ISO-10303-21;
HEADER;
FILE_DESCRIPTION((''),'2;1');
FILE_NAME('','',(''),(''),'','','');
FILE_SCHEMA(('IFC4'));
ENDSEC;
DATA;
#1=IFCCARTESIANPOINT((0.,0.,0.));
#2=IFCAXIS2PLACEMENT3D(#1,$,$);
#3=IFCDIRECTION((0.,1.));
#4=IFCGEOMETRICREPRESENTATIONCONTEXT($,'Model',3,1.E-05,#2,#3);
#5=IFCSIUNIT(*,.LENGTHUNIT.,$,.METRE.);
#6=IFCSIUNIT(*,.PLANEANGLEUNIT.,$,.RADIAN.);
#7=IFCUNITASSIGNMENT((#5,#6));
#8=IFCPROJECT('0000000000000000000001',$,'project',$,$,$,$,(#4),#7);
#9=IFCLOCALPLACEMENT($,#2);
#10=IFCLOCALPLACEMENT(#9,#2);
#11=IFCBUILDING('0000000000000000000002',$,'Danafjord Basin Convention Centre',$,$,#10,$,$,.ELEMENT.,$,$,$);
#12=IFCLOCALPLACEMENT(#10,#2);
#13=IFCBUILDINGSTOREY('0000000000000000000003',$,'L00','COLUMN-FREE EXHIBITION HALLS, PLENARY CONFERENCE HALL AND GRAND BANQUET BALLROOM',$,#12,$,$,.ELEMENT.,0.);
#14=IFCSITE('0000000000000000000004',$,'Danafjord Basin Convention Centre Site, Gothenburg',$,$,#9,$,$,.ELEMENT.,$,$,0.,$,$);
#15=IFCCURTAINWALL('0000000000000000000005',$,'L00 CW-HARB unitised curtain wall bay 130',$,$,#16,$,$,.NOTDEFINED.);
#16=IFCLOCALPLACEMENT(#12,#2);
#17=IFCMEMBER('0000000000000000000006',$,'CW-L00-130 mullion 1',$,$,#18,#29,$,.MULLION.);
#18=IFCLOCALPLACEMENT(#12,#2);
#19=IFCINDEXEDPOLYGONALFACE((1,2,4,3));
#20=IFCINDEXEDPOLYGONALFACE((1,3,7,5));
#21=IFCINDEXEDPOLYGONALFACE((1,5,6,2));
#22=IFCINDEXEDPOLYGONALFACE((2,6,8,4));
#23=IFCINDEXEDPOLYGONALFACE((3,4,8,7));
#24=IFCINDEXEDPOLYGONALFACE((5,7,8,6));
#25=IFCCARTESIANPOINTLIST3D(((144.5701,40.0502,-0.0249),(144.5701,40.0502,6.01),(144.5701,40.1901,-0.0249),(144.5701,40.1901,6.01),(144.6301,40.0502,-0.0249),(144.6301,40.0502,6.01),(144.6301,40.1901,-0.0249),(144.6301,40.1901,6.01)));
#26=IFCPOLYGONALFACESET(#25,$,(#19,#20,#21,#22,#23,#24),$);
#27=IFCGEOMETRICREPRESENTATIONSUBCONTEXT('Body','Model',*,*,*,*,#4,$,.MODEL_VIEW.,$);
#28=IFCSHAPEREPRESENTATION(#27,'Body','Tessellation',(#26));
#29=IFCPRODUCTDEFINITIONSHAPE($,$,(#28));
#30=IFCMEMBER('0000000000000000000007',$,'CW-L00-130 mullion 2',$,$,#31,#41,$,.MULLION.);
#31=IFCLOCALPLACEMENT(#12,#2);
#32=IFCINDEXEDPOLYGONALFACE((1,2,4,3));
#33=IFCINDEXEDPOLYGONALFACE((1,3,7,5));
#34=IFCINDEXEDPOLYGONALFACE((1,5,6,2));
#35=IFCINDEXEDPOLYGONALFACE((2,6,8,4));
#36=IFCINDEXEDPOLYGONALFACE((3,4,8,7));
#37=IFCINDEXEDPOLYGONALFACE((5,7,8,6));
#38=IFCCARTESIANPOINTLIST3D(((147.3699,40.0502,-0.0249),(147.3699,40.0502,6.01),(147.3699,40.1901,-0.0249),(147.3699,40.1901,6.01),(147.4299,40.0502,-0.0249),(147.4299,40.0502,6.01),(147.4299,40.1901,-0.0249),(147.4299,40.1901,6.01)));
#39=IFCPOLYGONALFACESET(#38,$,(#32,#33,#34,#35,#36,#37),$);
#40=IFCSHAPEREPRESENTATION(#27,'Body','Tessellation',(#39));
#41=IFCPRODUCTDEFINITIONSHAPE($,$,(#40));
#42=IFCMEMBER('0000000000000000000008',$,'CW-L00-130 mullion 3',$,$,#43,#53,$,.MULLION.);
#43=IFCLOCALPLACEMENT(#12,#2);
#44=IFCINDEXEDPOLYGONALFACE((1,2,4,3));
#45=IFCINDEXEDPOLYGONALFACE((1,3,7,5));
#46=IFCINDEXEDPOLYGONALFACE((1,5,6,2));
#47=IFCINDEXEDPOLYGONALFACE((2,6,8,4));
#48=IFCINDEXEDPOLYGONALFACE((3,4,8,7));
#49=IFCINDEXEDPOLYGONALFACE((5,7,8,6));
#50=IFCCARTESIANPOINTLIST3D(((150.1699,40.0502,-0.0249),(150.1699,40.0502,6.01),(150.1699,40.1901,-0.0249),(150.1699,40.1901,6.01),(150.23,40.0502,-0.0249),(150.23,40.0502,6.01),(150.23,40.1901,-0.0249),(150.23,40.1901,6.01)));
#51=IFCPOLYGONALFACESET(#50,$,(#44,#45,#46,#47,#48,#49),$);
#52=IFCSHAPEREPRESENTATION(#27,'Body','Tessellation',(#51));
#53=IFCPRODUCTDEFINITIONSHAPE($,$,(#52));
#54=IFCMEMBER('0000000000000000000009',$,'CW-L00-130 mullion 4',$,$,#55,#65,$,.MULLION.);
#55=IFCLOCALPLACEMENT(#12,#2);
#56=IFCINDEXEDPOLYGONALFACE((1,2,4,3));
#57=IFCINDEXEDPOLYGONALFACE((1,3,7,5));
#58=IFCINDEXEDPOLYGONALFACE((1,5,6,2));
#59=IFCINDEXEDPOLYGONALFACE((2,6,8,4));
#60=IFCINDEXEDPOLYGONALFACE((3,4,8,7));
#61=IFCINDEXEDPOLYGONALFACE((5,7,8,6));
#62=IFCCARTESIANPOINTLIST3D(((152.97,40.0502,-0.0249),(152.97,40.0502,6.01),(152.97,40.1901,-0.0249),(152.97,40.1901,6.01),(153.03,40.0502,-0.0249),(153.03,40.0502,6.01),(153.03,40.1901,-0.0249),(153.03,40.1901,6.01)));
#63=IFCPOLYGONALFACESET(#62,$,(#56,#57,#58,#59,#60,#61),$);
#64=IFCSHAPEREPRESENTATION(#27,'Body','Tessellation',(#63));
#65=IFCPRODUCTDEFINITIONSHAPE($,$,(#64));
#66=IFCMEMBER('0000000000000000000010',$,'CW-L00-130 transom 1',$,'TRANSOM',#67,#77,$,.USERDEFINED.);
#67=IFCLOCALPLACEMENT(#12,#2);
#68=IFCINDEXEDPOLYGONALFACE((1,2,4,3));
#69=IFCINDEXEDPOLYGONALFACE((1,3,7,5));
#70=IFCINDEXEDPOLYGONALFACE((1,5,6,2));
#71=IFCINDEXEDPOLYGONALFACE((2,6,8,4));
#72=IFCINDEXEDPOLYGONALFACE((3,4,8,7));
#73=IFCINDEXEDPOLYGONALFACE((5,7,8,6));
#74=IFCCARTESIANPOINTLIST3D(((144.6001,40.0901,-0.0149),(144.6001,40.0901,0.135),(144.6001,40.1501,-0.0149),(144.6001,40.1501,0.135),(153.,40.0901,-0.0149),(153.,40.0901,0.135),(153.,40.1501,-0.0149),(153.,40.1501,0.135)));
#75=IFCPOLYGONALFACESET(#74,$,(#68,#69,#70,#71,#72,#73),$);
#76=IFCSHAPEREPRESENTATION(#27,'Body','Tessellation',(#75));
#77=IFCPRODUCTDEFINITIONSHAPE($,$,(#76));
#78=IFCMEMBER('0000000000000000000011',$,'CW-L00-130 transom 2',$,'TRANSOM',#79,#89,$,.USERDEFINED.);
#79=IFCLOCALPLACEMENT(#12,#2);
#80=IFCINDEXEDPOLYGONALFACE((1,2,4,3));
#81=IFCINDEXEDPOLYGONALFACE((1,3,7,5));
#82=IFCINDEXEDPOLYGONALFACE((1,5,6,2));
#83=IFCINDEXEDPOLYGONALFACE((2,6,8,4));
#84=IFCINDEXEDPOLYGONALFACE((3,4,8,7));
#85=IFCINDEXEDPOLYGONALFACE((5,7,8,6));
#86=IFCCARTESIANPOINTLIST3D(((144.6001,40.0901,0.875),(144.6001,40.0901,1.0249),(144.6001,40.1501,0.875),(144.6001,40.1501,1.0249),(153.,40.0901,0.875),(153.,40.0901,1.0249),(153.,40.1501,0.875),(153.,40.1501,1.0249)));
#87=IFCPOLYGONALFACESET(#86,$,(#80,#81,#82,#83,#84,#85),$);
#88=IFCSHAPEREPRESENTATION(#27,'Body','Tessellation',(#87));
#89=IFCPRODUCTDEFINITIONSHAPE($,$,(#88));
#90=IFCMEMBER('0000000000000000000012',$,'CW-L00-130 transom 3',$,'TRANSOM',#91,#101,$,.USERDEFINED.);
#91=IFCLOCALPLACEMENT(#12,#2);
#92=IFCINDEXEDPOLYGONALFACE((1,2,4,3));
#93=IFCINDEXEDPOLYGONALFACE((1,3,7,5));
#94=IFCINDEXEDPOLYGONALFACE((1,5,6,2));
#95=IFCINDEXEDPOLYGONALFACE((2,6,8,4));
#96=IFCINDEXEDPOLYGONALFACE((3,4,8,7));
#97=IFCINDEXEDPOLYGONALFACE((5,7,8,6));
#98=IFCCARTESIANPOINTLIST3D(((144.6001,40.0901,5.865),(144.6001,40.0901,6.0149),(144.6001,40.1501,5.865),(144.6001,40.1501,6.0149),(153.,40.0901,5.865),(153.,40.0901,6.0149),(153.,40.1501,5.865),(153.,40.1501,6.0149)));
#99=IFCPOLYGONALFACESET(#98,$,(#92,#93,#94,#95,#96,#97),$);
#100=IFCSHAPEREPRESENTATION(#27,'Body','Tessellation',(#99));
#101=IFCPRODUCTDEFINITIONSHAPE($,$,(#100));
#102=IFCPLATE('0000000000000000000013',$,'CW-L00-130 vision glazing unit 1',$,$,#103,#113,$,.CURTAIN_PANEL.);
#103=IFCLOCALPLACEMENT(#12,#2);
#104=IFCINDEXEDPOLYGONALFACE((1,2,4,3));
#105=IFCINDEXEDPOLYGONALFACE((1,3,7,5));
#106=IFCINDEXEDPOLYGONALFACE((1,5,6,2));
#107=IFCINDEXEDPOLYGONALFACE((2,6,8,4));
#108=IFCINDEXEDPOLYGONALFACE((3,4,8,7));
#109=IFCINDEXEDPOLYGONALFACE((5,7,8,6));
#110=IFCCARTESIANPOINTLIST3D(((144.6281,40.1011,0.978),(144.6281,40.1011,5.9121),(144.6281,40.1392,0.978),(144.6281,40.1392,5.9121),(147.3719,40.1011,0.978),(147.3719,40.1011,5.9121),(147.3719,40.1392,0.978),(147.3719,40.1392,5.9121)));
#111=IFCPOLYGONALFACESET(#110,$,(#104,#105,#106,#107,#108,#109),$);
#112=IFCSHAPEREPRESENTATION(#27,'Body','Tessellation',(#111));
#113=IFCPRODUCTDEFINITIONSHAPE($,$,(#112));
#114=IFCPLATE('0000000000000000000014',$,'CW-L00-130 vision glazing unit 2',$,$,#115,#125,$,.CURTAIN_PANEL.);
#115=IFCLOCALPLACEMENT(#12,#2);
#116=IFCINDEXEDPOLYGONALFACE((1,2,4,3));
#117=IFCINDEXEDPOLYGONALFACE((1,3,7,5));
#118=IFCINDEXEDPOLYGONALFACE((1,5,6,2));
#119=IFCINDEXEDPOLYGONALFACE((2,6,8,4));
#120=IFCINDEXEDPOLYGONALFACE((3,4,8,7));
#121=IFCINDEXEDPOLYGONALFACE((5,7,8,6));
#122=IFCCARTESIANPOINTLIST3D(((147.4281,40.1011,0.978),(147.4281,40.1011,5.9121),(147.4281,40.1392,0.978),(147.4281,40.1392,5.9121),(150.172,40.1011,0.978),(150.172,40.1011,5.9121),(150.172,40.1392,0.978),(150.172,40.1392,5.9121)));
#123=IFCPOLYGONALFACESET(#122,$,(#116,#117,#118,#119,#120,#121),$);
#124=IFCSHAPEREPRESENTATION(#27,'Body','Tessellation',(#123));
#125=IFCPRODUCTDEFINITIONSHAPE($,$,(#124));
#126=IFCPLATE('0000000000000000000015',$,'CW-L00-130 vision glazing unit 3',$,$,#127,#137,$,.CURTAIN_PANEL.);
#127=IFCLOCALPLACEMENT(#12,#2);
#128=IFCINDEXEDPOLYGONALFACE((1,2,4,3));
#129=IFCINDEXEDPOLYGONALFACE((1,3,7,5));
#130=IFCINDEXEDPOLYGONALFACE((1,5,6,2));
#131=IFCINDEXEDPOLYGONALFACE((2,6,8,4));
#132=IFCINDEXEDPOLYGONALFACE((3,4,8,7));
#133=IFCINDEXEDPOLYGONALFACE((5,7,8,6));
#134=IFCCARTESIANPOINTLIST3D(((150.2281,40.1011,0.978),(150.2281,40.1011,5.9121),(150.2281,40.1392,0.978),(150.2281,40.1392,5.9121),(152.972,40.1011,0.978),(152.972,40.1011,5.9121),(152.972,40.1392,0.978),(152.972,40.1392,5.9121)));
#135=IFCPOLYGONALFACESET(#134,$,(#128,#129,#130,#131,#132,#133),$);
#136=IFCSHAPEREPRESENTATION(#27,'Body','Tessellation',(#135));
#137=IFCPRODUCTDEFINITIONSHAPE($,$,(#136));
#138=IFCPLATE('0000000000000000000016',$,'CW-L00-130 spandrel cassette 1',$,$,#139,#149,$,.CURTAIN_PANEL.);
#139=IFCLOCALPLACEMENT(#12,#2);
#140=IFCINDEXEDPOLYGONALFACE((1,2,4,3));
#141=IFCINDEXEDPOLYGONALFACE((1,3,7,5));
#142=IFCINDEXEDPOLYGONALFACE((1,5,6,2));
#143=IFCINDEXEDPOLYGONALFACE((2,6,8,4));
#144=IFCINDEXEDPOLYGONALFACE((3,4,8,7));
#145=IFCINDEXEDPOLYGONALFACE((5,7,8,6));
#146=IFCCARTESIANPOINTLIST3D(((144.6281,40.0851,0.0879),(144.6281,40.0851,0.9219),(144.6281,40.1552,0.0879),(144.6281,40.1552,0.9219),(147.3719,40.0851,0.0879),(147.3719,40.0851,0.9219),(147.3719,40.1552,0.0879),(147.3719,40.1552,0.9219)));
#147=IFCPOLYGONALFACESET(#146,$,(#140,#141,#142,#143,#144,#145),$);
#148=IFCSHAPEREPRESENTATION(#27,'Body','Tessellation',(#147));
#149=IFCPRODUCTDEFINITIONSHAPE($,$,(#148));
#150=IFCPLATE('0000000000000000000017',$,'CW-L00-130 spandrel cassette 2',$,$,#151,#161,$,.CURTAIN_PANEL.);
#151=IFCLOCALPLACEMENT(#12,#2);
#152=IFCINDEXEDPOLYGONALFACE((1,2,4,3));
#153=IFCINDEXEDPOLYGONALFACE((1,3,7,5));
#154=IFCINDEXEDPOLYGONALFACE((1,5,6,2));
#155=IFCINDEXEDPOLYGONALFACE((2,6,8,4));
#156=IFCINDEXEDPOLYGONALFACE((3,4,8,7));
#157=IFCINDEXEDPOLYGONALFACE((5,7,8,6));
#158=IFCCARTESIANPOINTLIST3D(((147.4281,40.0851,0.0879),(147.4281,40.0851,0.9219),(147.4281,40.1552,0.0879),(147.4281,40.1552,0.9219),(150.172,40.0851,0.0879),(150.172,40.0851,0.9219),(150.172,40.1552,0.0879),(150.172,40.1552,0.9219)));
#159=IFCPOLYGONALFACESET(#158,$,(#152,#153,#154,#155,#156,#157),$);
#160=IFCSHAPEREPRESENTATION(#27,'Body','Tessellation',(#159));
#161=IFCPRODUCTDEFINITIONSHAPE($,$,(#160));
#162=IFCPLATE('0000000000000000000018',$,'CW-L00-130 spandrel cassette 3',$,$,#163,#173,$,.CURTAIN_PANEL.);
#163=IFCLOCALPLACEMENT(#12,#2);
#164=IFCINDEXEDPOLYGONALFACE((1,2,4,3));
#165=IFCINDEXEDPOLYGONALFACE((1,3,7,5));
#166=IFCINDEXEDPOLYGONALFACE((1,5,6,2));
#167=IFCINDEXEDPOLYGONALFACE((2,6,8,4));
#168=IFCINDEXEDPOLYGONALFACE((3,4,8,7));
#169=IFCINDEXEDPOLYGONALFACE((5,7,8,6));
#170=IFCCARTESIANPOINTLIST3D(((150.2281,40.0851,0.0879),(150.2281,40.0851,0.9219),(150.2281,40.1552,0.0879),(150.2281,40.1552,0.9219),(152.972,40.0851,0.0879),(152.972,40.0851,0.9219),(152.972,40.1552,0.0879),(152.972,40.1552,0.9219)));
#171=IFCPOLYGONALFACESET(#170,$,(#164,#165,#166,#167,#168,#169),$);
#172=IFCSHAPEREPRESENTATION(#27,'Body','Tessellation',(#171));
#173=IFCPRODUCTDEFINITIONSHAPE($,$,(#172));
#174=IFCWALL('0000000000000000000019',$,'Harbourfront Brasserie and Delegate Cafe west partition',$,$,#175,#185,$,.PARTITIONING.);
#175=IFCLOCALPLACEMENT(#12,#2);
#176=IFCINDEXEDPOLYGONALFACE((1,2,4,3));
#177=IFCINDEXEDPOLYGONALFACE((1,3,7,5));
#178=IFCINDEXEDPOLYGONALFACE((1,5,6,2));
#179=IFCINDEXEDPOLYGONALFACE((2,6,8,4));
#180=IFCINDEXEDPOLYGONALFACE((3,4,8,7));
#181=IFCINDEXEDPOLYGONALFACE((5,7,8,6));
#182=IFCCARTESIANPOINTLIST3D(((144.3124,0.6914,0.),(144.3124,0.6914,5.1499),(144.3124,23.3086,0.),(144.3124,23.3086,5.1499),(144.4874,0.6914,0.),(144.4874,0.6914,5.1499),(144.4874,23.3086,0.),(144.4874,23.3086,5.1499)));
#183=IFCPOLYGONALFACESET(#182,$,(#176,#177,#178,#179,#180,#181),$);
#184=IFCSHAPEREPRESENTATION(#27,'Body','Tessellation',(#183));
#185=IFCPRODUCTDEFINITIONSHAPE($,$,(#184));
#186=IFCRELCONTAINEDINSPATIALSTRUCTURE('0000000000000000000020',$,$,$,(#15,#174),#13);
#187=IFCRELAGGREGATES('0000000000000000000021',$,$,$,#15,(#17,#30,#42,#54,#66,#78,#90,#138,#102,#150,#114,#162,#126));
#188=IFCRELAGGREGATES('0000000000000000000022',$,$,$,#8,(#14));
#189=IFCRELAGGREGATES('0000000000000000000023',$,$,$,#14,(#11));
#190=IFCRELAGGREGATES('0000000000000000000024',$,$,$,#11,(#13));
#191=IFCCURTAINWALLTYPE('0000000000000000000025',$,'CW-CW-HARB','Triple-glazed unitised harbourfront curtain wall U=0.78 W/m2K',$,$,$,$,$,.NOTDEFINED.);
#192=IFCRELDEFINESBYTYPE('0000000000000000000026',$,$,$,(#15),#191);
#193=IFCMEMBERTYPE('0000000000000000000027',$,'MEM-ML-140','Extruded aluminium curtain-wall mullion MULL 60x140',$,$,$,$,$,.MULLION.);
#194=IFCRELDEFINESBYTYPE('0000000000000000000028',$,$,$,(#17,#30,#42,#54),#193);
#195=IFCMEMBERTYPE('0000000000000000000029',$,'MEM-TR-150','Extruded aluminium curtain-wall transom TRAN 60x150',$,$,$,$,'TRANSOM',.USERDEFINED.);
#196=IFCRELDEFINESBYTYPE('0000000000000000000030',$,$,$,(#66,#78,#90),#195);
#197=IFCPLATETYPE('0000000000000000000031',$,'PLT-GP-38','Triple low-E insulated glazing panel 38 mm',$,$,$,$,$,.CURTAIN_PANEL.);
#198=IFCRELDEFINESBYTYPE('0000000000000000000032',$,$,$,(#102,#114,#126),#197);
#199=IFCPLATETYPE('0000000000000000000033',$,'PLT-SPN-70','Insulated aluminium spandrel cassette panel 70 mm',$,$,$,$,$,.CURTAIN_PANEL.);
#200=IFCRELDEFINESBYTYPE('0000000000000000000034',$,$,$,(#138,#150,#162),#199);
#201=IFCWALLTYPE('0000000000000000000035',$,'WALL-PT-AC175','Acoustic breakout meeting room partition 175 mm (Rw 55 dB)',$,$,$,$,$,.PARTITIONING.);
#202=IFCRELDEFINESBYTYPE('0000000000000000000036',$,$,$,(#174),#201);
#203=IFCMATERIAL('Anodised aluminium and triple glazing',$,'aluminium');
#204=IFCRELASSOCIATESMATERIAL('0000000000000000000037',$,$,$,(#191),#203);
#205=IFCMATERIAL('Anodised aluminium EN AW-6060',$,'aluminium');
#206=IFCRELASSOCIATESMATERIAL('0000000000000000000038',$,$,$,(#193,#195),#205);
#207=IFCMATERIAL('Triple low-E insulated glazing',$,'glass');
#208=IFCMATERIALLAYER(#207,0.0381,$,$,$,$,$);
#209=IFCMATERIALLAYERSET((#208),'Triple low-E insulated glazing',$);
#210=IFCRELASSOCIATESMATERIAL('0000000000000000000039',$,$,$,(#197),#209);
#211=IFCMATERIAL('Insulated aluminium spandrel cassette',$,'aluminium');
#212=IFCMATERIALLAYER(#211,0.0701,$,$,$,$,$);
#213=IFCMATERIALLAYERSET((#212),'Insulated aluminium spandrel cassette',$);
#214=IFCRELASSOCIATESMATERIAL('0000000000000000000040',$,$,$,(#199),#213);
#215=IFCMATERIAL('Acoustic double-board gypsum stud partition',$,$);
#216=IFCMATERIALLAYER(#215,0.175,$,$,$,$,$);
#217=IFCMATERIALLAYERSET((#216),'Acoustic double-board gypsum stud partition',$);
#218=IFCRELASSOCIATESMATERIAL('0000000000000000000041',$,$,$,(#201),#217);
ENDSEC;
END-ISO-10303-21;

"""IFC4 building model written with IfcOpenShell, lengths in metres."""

from ifc_helpers import new_model, si_unit, direction, frame, frame_2d, origin, origin_2d, place, context, subcontext, project, spatial, rectangle, extrude, material, layer, layer_set, material_profile, profile_set, type_object, element, aggregate, save


model = new_model("IFC4")

# Units and contexts
model_context = context("Model", 3, precision=1e-05, world=origin(), true_north=direction((0.0, 1.0)))
body_context = subcontext(model_context, "Body", "Model", "MODEL_VIEW")
ifc_project = project(units=[si_unit("LENGTHUNIT", "METRE"), si_unit("PLANEANGLEUNIT", "RADIAN")], contexts=[model_context])

# Site, building, storey
site_placement = place(None, origin())
site = spatial("IfcSite", under=ifc_project, at=site_placement, Name="Danafjord Basin Convention Centre Site, Gothenburg", CompositionType="ELEMENT", RefElevation=0.0)
building_placement = place(site_placement, origin())
building = spatial("IfcBuilding", under=site, at=building_placement, Name="Danafjord Basin Convention Centre", CompositionType="ELEMENT")
storey_placement = place(building_placement, origin())
storey = spatial("IfcBuildingStorey", under=building, at=storey_placement, Name="L00", Description="COLUMN-FREE EXHIBITION HALLS, PLENARY CONFERENCE HALL AND GRAND BANQUET BALLROOM", CompositionType="ELEMENT", Elevation=0.0)

# Curtain wall, members, plates
ifc_material_1 = material(Name="Anodised aluminium and triple glazing", Category="aluminium")
curtain_wall_type = type_object("IfcCurtainWallType", Name="CW-CW-HARB", Description="Triple-glazed unitised harbourfront curtain wall U=0.78 W/m2K", PredefinedType="NOTDEFINED", material=ifc_material_1)
curtain_wall_placement = place(storey_placement, origin())
curtain_wall = element("IfcCurtainWall", 1, at=curtain_wall_placement, inside=storey, type_object=curtain_wall_type, Name="L00 CW-HARB unitised curtain wall bay 130", PredefinedType="NOTDEFINED")
ifc_material_2 = material(Name="Anodised aluminium EN AW-6060", Category="aluminium")
ifc_material_profile_1 = material_profile(ifc_material_2, rectangle(XDim=0.0601, YDim=0.1399, at=origin_2d()), Name="MULL 60x140")
ifc_profile_set_1 = profile_set([ifc_material_profile_1], Name="Anodised aluminium EN AW-6060")
member_type_1 = type_object("IfcMemberType", Name="MEM-ML-140", Description="Extruded aluminium curtain-wall mullion MULL 60x140", PredefinedType="MULLION", material=ifc_profile_set_1)
member_1_placement = place(storey_placement, frame((144.6001, 40.1201, -0.0249), z_axis=(0.0, 0.0, 1.0), x_axis=(1.0, 0.0, 0.0)))
member_1 = element("IfcMember", 2, at=member_1_placement, type_object=member_type_1, Name="CW-L00-130 mullion 1", PredefinedType="MULLION", context=body_context, shape_type="SweptSolid", body=[
    extrude(rectangle(XDim=0.0601, YDim=0.1399, at=origin_2d()), origin(), (0.0, 0.0, 1.0), 6.0349),
])
member_2_placement = place(storey_placement, frame((147.3999, 40.1201, -0.0249), z_axis=(0.0, 0.0, 1.0), x_axis=(1.0, 0.0, 0.0)))
member_2 = element("IfcMember", 3, at=member_2_placement, type_object=member_type_1, Name="CW-L00-130 mullion 2", PredefinedType="MULLION", context=body_context, shape_type="SweptSolid", body=[
    extrude(rectangle(XDim=0.0601, YDim=0.1399, at=origin_2d()), origin(), (0.0, 0.0, 1.0), 6.0349),
])
member_3_placement = place(storey_placement, frame((150.2, 40.1201, -0.0249), z_axis=(0.0, 0.0, 1.0), x_axis=(1.0, 0.0, 0.0)))
member_3 = element("IfcMember", 4, at=member_3_placement, type_object=member_type_1, Name="CW-L00-130 mullion 3", PredefinedType="MULLION", context=body_context, shape_type="SweptSolid", body=[
    extrude(rectangle(XDim=0.0601, YDim=0.1399, at=origin_2d()), origin(), (0.0, 0.0, 1.0), 6.0349),
])
member_4_placement = place(storey_placement, frame((153.0, 40.1201, -0.0249), z_axis=(0.0, 0.0, 1.0), x_axis=(1.0, 0.0, 0.0)))
member_4 = element("IfcMember", 5, at=member_4_placement, type_object=member_type_1, Name="CW-L00-130 mullion 4", PredefinedType="MULLION", context=body_context, shape_type="SweptSolid", body=[
    extrude(rectangle(XDim=0.0601, YDim=0.1399, at=origin_2d()), origin(), (0.0, 0.0, 1.0), 6.0349),
])
ifc_material_profile_2 = material_profile(ifc_material_2, rectangle(XDim=0.0601, YDim=0.1499, at=origin_2d()), Name="TRAN 60x150")
ifc_profile_set_2 = profile_set([ifc_material_profile_2], Name="Anodised aluminium EN AW-6060")
member_type_2 = type_object("IfcMemberType", Name="MEM-TR-150", Description="Extruded aluminium curtain-wall transom TRAN 60x150", ElementType="TRANSOM", PredefinedType="USERDEFINED", material=ifc_profile_set_2)
member_5_placement = place(storey_placement, frame((144.6001, 40.1201, 0.0601), z_axis=(1.0, 0.0, 0.0), x_axis=(0.0, 1.0, 0.0)))
member_5 = element("IfcMember", 6, at=member_5_placement, type_object=member_type_2, Name="CW-L00-130 transom 1", ObjectType="TRANSOM", PredefinedType="USERDEFINED", context=body_context, shape_type="SweptSolid", body=[
    extrude(rectangle(XDim=0.0601, YDim=0.1499, at=origin_2d()), origin(), (0.0, 0.0, 1.0), 8.3999),
])
member_6_placement = place(storey_placement, frame((144.6001, 40.1201, 0.95), z_axis=(1.0, 0.0, 0.0), x_axis=(0.0, 1.0, 0.0)))
member_6 = element("IfcMember", 7, at=member_6_placement, type_object=member_type_2, Name="CW-L00-130 transom 2", ObjectType="TRANSOM", PredefinedType="USERDEFINED", context=body_context, shape_type="SweptSolid", body=[
    extrude(rectangle(XDim=0.0601, YDim=0.1499, at=origin_2d()), origin(), (0.0, 0.0, 1.0), 8.3999),
])
member_7_placement = place(storey_placement, frame((144.6001, 40.1201, 5.9399), z_axis=(1.0, 0.0, 0.0), x_axis=(0.0, 1.0, 0.0)))
member_7 = element("IfcMember", 8, at=member_7_placement, type_object=member_type_2, Name="CW-L00-130 transom 3", ObjectType="TRANSOM", PredefinedType="USERDEFINED", context=body_context, shape_type="SweptSolid", body=[
    extrude(rectangle(XDim=0.0601, YDim=0.1499, at=origin_2d()), origin(), (0.0, 0.0, 1.0), 8.3999),
])
ifc_material_3 = material(Name="Triple low-E insulated glazing", Category="glass")
ifc_layer_1 = layer(ifc_material_3, 0.0381)
ifc_layer_set_1 = layer_set([ifc_layer_1], Name="Triple low-E insulated glazing")
plate_type_1 = type_object("IfcPlateType", Name="PLT-GP-38", Description="Triple low-E insulated glazing panel 38 mm", PredefinedType="CURTAIN_PANEL", material=ifc_layer_set_1)
plate_1_placement = place(storey_placement, frame((146.0, 40.1201, 0.978), z_axis=(0.0, 0.0, 1.0), x_axis=(1.0, 0.0, 0.0)))
plate_1 = element("IfcPlate", 9, at=plate_1_placement, type_object=plate_type_1, Name="CW-L00-130 vision glazing unit 1", PredefinedType="CURTAIN_PANEL", context=body_context, shape_type="SweptSolid", body=[
    extrude(rectangle(XDim=2.7439, YDim=0.0381, at=origin_2d()), origin(), (0.0, 0.0, 1.0), 4.9341),
])
plate_2_placement = place(storey_placement, frame((148.8, 40.1201, 0.978), z_axis=(0.0, 0.0, 1.0), x_axis=(1.0, 0.0, 0.0)))
plate_2 = element("IfcPlate", 10, at=plate_2_placement, type_object=plate_type_1, Name="CW-L00-130 vision glazing unit 2", PredefinedType="CURTAIN_PANEL", context=body_context, shape_type="SweptSolid", body=[
    extrude(rectangle(XDim=2.7439, YDim=0.0381, at=origin_2d()), origin(), (0.0, 0.0, 1.0), 4.9341),
])
plate_3_placement = place(storey_placement, frame((151.6001, 40.1201, 0.978), z_axis=(0.0, 0.0, 1.0), x_axis=(1.0, 0.0, 0.0)))
plate_3 = element("IfcPlate", 11, at=plate_3_placement, type_object=plate_type_1, Name="CW-L00-130 vision glazing unit 3", PredefinedType="CURTAIN_PANEL", context=body_context, shape_type="SweptSolid", body=[
    extrude(rectangle(XDim=2.7439, YDim=0.0381, at=origin_2d()), origin(), (0.0, 0.0, 1.0), 4.9341),
])
ifc_material_4 = material(Name="Insulated aluminium spandrel cassette", Category="aluminium")
ifc_layer_2 = layer(ifc_material_4, 0.0701)
ifc_layer_set_2 = layer_set([ifc_layer_2], Name="Insulated aluminium spandrel cassette")
plate_type_2 = type_object("IfcPlateType", Name="PLT-SPN-70", Description="Insulated aluminium spandrel cassette panel 70 mm", PredefinedType="CURTAIN_PANEL", material=ifc_layer_set_2)
plate_4_placement = place(storey_placement, frame((146.0, 40.1201, 0.0879), z_axis=(0.0, 0.0, 1.0), x_axis=(1.0, 0.0, 0.0)))
plate_4 = element("IfcPlate", 12, at=plate_4_placement, type_object=plate_type_2, Name="CW-L00-130 spandrel cassette 1", PredefinedType="CURTAIN_PANEL", context=body_context, shape_type="SweptSolid", body=[
    extrude(rectangle(XDim=2.7439, YDim=0.0701, at=origin_2d()), origin(), (0.0, 0.0, 1.0), 0.834),
])
plate_5_placement = place(storey_placement, frame((148.8, 40.1201, 0.0879), z_axis=(0.0, 0.0, 1.0), x_axis=(1.0, 0.0, 0.0)))
plate_5 = element("IfcPlate", 13, at=plate_5_placement, type_object=plate_type_2, Name="CW-L00-130 spandrel cassette 2", PredefinedType="CURTAIN_PANEL", context=body_context, shape_type="SweptSolid", body=[
    extrude(rectangle(XDim=2.7439, YDim=0.0701, at=origin_2d()), origin(), (0.0, 0.0, 1.0), 0.834),
])
plate_6_placement = place(storey_placement, frame((151.6001, 40.1201, 0.0879), z_axis=(0.0, 0.0, 1.0), x_axis=(1.0, 0.0, 0.0)))
plate_6 = element("IfcPlate", 14, at=plate_6_placement, type_object=plate_type_2, Name="CW-L00-130 spandrel cassette 3", PredefinedType="CURTAIN_PANEL", context=body_context, shape_type="SweptSolid", body=[
    extrude(rectangle(XDim=2.7439, YDim=0.0701, at=origin_2d()), origin(), (0.0, 0.0, 1.0), 0.834),
])
aggregate(curtain_wall, [member_1, member_2, member_3, member_4, member_5, member_6, member_7, plate_4, plate_1, plate_5, plate_2, plate_6, plate_3])

# Wall
ifc_material_5 = material(Name="Acoustic double-board gypsum stud partition")
ifc_layer_3 = layer(ifc_material_5, 0.175)
ifc_layer_set_3 = layer_set([ifc_layer_3], Name="Acoustic double-board gypsum stud partition")
wall_type_1 = type_object("IfcWallType", Name="WALL-PT-AC175", Description="Acoustic breakout meeting room partition 175 mm (Rw 55 dB)", PredefinedType="PARTITIONING", material=ifc_layer_set_3)
wall_1_placement = place(storey_placement, frame((144.3999, 23.3086, 0.0), z_axis=(0.0, 0.0, 1.0), x_axis=(0.0, -1.0, 0.0)))
element("IfcWall", 15, at=wall_1_placement, inside=storey, type_object=wall_type_1, Name="Harbourfront Brasserie and Delegate Cafe west partition", PredefinedType="PARTITIONING", context=body_context, shape_type="SweptSolid", body=[
    extrude(rectangle(XDim=22.6172, YDim=0.175, at=frame_2d((11.3086, 0.0))), origin(), (0.0, 0.0, 1.0), 5.1499),
])

save(model, "model.ifc")
